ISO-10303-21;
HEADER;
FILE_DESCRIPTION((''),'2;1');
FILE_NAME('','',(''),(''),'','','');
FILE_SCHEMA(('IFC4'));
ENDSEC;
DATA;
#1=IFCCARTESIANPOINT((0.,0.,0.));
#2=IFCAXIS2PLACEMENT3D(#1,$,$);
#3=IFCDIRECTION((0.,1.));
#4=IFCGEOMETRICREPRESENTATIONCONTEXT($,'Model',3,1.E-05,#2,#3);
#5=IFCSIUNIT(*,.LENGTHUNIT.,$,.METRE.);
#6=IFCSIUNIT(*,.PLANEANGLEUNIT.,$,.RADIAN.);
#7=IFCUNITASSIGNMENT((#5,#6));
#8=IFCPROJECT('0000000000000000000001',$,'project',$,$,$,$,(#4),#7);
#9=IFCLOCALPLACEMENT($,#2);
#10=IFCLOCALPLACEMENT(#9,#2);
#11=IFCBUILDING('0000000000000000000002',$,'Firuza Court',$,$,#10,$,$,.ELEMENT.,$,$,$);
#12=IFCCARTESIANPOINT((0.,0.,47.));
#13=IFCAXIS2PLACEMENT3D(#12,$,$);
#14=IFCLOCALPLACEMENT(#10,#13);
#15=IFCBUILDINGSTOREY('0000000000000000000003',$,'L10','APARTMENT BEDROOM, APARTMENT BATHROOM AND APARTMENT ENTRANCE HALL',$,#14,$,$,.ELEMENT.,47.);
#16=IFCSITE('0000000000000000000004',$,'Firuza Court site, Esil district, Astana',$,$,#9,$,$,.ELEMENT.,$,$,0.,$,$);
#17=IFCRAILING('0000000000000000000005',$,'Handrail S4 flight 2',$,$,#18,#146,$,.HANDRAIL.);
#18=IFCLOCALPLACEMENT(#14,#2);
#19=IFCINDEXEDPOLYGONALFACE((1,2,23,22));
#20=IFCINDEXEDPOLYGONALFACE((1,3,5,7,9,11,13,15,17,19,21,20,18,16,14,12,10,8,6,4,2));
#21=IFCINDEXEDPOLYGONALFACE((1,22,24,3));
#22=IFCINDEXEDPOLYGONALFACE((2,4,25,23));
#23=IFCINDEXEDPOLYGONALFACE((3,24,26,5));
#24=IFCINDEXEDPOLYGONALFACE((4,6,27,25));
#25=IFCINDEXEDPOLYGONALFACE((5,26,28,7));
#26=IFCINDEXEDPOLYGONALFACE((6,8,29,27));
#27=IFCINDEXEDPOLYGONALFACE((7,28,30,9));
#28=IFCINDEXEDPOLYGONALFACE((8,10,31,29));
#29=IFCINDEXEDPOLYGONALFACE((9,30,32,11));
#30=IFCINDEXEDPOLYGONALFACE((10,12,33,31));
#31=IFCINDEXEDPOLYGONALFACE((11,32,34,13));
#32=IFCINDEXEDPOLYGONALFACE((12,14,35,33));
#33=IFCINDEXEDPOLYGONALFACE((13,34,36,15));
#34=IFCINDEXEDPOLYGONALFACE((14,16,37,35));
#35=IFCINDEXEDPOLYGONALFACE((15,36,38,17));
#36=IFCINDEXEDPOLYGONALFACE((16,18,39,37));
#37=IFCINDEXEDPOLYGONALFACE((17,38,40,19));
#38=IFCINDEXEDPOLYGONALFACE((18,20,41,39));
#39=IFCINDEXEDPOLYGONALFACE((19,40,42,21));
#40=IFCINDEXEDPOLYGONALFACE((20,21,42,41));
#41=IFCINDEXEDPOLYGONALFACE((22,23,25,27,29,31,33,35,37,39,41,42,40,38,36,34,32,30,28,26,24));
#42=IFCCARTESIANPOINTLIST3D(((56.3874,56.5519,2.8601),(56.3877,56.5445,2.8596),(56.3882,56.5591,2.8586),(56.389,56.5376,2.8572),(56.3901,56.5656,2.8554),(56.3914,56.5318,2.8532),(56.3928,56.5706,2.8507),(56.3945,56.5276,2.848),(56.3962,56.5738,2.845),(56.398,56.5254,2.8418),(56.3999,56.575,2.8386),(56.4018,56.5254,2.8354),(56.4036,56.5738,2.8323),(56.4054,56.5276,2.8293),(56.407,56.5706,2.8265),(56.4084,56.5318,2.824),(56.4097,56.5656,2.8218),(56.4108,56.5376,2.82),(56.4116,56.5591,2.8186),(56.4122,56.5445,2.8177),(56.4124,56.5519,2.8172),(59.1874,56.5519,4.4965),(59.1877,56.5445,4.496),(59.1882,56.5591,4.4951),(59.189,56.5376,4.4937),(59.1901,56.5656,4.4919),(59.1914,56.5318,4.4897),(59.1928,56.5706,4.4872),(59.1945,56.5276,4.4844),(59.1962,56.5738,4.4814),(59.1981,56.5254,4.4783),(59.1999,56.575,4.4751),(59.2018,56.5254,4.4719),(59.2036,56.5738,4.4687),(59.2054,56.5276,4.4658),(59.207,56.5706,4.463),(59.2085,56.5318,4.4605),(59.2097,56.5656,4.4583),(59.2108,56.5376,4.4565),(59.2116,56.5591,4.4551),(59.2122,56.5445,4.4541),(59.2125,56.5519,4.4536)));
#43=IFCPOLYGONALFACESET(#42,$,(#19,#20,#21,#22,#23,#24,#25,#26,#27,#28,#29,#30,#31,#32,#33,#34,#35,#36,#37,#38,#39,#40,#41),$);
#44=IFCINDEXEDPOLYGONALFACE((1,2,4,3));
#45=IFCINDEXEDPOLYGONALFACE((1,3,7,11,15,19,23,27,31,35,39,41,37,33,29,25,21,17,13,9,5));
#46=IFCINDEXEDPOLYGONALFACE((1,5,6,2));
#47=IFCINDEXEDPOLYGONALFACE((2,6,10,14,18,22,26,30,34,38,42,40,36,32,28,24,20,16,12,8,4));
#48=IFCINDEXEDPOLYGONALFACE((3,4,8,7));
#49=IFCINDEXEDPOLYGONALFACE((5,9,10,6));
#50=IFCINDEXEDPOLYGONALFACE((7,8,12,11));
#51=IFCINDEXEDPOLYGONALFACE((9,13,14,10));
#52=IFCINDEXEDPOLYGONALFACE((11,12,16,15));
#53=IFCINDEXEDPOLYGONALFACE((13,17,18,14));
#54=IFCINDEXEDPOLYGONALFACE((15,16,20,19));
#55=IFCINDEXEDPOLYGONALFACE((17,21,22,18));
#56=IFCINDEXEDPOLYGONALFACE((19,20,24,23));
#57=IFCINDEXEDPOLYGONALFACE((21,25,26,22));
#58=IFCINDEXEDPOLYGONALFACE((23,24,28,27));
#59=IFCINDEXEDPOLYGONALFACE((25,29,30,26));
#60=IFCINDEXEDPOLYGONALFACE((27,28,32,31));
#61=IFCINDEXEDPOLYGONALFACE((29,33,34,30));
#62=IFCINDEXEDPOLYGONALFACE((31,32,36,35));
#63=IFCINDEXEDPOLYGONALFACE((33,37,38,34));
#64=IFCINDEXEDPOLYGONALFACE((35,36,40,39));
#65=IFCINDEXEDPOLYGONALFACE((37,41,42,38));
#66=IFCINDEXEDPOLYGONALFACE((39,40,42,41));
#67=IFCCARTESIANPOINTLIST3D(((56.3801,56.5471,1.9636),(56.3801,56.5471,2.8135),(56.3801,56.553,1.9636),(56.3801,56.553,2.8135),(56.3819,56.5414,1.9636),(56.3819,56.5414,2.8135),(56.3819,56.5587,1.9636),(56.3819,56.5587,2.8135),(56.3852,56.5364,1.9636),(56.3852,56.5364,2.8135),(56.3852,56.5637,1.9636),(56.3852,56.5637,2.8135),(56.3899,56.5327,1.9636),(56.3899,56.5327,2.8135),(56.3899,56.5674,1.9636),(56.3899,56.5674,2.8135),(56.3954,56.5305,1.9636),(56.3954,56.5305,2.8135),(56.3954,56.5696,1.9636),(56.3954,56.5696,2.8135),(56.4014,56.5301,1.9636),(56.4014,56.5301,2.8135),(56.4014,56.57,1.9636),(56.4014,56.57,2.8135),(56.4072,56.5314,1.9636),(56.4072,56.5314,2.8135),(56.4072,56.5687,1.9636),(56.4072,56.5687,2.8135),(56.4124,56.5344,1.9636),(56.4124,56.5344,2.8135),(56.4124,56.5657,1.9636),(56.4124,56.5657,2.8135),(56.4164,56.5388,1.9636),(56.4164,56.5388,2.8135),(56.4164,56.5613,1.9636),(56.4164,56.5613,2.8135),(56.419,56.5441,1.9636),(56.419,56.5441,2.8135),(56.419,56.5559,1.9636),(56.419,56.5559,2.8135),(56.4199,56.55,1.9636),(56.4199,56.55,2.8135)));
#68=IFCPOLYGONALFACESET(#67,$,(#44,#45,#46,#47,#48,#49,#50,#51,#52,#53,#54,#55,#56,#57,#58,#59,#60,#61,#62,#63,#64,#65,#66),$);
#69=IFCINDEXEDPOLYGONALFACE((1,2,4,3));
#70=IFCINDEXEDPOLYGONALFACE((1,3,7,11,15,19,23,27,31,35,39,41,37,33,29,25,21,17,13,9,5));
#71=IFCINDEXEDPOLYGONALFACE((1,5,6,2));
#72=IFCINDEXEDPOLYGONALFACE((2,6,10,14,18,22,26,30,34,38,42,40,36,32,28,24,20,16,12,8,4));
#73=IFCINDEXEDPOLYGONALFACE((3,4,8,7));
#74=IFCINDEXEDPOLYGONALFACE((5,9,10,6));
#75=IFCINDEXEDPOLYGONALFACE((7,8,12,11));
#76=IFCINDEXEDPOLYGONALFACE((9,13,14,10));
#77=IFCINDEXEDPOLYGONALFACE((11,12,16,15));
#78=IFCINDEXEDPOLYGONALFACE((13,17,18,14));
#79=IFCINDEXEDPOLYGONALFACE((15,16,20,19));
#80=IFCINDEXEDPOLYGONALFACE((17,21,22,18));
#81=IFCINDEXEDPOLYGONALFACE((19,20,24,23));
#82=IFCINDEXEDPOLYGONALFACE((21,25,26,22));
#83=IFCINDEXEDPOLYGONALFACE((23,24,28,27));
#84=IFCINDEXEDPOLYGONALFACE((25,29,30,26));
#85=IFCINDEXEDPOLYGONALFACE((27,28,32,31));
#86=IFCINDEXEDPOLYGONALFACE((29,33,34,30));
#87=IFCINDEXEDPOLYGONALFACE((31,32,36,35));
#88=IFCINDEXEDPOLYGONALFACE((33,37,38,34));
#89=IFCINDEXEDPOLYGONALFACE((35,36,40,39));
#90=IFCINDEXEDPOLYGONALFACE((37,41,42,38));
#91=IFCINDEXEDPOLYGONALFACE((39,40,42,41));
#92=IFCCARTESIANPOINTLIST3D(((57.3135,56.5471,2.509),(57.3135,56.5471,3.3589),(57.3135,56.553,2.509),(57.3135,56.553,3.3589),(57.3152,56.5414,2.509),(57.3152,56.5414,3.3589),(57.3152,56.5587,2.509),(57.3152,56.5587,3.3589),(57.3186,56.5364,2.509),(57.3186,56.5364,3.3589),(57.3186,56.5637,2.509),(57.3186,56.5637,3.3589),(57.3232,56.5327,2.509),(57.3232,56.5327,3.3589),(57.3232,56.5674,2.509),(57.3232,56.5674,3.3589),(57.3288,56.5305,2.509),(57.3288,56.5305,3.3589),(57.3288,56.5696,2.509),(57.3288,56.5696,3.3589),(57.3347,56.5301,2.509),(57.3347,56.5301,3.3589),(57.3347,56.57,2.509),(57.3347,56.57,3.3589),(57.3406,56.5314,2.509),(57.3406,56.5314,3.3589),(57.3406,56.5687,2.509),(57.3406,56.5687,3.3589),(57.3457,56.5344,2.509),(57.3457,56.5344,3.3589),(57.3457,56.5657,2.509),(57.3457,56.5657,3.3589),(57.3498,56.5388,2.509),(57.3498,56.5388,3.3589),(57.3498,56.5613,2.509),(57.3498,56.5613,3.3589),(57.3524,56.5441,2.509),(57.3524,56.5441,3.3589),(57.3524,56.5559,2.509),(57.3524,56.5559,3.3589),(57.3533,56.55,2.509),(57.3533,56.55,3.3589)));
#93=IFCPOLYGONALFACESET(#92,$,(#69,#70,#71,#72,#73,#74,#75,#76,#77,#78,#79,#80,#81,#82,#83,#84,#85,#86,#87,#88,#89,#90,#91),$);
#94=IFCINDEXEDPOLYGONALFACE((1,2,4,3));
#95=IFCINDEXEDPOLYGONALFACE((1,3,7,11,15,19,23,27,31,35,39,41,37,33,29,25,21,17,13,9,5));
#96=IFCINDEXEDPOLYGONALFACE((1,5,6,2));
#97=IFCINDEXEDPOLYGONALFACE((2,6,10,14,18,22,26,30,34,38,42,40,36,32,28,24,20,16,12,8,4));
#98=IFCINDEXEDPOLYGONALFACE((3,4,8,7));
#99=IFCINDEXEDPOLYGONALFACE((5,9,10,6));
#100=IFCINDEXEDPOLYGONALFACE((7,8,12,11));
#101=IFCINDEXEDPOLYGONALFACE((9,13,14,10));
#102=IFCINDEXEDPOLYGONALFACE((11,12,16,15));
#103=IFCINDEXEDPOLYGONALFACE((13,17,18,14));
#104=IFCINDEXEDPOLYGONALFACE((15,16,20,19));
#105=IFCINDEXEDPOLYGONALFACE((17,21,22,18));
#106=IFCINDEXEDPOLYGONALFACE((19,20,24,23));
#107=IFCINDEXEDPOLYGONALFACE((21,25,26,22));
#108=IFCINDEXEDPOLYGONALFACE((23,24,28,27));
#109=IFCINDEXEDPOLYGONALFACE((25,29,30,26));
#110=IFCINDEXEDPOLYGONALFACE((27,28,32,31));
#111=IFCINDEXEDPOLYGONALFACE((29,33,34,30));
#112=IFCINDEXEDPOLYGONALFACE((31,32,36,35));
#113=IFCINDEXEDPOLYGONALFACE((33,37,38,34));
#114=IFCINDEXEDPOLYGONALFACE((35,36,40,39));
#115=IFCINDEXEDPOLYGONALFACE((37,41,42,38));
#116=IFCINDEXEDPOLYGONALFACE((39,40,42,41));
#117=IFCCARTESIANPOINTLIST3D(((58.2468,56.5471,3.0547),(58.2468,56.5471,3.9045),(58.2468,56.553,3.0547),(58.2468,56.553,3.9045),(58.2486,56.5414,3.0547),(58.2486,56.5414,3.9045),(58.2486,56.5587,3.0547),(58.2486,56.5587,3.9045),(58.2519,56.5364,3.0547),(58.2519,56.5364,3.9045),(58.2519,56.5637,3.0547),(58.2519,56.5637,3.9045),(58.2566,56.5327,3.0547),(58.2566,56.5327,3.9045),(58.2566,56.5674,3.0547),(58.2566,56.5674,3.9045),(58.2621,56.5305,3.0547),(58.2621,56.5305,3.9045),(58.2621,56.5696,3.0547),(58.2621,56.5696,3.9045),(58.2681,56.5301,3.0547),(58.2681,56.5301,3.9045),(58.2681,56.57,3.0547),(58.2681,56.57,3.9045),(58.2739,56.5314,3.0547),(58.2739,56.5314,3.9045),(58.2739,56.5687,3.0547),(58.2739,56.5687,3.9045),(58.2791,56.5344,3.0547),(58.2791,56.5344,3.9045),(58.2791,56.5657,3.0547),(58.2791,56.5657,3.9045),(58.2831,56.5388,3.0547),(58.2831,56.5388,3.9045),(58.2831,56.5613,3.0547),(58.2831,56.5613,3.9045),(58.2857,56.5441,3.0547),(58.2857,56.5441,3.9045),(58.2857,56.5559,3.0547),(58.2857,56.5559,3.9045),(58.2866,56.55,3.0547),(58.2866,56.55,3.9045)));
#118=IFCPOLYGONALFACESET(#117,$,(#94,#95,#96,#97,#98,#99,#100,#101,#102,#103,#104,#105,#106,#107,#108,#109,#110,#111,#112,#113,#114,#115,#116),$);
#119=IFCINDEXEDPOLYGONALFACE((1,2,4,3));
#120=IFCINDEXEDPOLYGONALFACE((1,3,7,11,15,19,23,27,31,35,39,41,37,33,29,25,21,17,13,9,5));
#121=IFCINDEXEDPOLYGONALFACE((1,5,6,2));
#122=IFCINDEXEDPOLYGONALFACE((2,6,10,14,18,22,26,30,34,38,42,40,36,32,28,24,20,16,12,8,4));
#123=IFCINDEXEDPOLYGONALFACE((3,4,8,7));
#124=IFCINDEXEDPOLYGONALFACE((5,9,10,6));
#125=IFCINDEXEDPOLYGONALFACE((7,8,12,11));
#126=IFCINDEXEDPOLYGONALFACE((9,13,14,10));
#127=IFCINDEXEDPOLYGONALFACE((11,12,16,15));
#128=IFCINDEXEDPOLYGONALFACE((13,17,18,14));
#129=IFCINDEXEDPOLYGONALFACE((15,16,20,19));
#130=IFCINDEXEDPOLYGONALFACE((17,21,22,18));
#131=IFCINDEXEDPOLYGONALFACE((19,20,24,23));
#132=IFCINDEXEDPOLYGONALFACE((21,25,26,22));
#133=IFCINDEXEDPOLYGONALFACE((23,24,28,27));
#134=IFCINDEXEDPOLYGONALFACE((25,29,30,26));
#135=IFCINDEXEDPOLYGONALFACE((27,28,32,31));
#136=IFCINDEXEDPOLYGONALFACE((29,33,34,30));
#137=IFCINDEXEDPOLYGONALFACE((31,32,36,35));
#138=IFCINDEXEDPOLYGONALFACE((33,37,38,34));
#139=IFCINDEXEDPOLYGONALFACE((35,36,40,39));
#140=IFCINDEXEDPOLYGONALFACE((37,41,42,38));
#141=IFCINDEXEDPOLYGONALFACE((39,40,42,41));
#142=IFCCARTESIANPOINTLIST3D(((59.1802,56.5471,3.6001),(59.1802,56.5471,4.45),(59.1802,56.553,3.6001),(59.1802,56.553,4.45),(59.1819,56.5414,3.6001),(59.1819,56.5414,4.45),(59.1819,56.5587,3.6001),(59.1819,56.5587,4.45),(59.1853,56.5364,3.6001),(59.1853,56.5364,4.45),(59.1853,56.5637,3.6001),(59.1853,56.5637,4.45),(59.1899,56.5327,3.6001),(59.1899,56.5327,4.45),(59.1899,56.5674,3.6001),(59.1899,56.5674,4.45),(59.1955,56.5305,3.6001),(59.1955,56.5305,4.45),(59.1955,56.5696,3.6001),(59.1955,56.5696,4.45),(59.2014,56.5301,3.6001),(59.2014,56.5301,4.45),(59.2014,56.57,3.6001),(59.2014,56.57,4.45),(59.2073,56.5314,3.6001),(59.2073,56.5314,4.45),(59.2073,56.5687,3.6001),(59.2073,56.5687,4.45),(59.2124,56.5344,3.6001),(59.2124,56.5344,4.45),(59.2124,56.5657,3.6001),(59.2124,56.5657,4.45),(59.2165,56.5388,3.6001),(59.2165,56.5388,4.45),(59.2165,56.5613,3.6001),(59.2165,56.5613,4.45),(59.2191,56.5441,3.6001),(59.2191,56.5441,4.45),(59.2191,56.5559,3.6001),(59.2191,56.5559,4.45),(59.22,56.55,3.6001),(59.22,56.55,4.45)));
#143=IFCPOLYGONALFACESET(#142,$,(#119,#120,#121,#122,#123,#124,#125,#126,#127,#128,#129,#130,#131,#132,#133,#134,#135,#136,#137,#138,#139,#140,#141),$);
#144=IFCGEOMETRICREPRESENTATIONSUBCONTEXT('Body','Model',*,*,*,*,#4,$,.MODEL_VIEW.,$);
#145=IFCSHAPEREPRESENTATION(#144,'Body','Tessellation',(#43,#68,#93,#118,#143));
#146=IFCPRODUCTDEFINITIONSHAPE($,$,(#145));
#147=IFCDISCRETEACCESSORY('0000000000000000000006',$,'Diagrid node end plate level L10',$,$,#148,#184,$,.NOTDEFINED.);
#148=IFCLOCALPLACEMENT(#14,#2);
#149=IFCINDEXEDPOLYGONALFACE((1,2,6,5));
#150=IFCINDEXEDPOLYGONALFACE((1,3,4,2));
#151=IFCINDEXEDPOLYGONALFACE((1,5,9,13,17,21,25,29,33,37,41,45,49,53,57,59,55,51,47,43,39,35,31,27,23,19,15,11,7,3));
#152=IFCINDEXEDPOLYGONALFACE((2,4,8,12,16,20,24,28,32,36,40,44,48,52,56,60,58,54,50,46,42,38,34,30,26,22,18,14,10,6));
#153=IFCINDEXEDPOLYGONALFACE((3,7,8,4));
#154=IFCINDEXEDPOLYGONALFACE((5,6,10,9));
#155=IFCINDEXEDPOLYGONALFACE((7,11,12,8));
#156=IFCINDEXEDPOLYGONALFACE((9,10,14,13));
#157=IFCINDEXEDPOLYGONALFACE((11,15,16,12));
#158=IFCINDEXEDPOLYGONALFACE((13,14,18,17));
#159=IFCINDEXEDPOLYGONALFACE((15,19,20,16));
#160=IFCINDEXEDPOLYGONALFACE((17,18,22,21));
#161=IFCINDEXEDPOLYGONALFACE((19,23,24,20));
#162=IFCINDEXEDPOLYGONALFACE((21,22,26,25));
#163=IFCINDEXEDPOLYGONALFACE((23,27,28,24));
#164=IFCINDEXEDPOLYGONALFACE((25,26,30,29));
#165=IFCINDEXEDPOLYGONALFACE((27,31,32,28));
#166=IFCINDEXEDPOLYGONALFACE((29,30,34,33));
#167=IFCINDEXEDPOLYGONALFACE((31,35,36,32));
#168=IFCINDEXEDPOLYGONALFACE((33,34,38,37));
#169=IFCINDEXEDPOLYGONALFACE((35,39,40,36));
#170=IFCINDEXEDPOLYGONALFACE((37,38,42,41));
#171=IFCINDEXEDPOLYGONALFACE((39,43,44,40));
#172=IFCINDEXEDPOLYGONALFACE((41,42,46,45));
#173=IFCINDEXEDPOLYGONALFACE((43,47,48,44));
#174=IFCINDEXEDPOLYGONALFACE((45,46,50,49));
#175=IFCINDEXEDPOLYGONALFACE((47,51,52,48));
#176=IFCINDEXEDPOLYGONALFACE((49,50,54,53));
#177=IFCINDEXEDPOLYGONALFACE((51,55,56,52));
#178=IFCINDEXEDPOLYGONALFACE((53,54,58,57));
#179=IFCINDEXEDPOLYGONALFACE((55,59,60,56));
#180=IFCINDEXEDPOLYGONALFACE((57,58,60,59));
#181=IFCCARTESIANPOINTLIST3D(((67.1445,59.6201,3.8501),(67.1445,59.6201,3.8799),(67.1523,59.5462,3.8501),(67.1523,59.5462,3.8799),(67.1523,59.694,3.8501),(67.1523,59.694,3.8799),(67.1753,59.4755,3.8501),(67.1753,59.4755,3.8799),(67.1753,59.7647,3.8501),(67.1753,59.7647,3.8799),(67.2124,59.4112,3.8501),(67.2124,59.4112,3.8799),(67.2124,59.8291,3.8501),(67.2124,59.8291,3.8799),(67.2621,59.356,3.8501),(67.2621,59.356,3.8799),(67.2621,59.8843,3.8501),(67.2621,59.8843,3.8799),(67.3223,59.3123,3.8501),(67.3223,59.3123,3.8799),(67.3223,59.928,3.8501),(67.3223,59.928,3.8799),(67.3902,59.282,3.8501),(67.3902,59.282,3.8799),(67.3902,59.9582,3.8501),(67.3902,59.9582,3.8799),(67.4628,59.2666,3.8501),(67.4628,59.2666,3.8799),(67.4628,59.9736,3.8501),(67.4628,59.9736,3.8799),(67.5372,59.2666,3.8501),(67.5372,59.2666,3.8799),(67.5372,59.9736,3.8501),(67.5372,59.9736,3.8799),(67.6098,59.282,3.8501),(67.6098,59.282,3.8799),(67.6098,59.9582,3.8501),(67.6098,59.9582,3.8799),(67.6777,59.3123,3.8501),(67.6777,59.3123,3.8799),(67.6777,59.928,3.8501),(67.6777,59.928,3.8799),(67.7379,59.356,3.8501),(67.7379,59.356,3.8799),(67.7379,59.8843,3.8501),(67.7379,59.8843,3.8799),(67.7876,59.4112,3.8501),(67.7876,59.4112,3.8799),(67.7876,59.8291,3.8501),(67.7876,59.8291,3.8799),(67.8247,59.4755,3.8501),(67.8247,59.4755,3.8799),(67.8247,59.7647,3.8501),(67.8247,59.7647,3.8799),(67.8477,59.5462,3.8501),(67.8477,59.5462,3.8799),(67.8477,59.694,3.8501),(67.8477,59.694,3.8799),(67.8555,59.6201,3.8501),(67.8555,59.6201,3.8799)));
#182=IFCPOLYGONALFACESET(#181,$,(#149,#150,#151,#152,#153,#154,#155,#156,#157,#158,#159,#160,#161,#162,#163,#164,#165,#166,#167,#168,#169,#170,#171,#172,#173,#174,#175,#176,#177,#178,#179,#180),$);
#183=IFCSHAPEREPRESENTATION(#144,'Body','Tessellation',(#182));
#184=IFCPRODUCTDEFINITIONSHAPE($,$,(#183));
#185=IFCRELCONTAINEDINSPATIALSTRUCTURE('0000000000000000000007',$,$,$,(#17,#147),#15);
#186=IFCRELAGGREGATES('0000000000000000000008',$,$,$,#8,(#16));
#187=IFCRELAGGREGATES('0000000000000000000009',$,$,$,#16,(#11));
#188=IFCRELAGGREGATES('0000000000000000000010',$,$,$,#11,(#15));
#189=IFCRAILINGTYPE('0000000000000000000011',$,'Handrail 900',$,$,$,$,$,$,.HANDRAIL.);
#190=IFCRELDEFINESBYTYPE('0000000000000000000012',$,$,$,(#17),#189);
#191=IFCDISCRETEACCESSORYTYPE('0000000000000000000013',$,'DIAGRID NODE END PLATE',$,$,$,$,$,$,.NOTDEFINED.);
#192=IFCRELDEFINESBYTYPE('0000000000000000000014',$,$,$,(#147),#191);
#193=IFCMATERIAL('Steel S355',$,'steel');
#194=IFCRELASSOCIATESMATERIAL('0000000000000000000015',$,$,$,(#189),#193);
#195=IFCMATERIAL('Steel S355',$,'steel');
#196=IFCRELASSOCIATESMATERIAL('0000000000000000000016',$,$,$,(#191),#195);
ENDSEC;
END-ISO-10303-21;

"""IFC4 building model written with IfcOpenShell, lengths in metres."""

from ifc_helpers import new_model, si_unit, direction, frame, origin, origin_2d, place, context, subcontext, project, spatial, circle, extrude, material, material_profile, profile_set, type_object, element, save


model = new_model("IFC4")

# Units and contexts
model_context = context("Model", 3, precision=1e-05, world=origin(), true_north=direction((0.0, 1.0)))
body_context = subcontext(model_context, "Body", "Model", "MODEL_VIEW")
ifc_project = project(units=[si_unit("LENGTHUNIT", "METRE"), si_unit("PLANEANGLEUNIT", "RADIAN")], contexts=[model_context])

# Site, building, storey
site_placement = place(None, origin())
site = spatial("IfcSite", under=ifc_project, at=site_placement, Name="Firuza Court site, Esil district, Astana", CompositionType="ELEMENT", RefElevation=0.0)
building_placement = place(site_placement, origin())
building = spatial("IfcBuilding", under=site, at=building_placement, Name="Firuza Court", CompositionType="ELEMENT")
storey_placement = place(building_placement, frame((0.0, 0.0, 47.0)))
storey = spatial("IfcBuildingStorey", under=building, at=storey_placement, Name="L10", Description="APARTMENT BEDROOM, APARTMENT BATHROOM AND APARTMENT ENTRANCE HALL", CompositionType="ELEMENT", Elevation=47.0)

# Railing
ifc_material_1 = material(Name="Steel S355", Category="steel")
railing_type_1 = type_object("IfcRailingType", Name="Handrail 900", PredefinedType="HANDRAIL", material=ifc_material_1)
railing_1_placement = place(storey_placement, frame((56.3999, 56.55, 1.9636)))
element("IfcRailing", 1, at=railing_1_placement, inside=storey, type_object=railing_type_1, Name="Handrail S4 flight 2", PredefinedType="HANDRAIL", context=body_context, shape_type="SweptSolid", body=[
    extrude(circle(Radius=0.0249, at=origin_2d()), frame((0.0, 0.0, 0.875), z_axis=(0.863361, 0.0, 0.504587), x_axis=(0.0, 1.0, 0.0)), (0.0, 0.0, 1.0), 3.2432),
    extrude(circle(Radius=0.02, at=origin_2d()), origin(), (0.0, 0.0, 1.0), 0.8499),
    extrude(circle(Radius=0.02, at=origin_2d()), frame((0.9333, 0.0, 0.5454)), (0.0, 0.0, 1.0), 0.8499),
    extrude(circle(Radius=0.02, at=origin_2d()), frame((1.8667, 0.0, 1.0911)), (0.0, 0.0, 1.0), 0.8499),
    extrude(circle(Radius=0.02, at=origin_2d()), frame((2.8, 0.0, 1.6365)), (0.0, 0.0, 1.0), 0.8499),
])

# Discrete accessory
ifc_material_2 = material(Name="Steel S355", Category="steel")
ifc_material_profile_1 = material_profile(ifc_material_2, circle(Radius=0.3555, at=origin_2d()), Name="PL D711")
ifc_profile_set_1 = profile_set([ifc_material_profile_1], Name="Steel S355")
discrete_accessory_type = type_object("IfcDiscreteAccessoryType", Name="DIAGRID NODE END PLATE", PredefinedType="NOTDEFINED", material=ifc_profile_set_1)
discrete_accessory_1_placement = place(storey_placement, frame((67.5, 59.6201, 3.8501), z_axis=(0.0, 0.0, 1.0), x_axis=(1.0, 0.0, 0.0)))
element("IfcDiscreteAccessory", 2, at=discrete_accessory_1_placement, inside=storey, type_object=discrete_accessory_type, Name="Diagrid node end plate level L10", PredefinedType="NOTDEFINED", context=body_context, shape_type="SweptSolid", body=[
    extrude(circle(Radius=0.3555, at=origin_2d()), origin(), (0.0, 0.0, 1.0), 0.0298),
])

save(model, "model.ifc")
